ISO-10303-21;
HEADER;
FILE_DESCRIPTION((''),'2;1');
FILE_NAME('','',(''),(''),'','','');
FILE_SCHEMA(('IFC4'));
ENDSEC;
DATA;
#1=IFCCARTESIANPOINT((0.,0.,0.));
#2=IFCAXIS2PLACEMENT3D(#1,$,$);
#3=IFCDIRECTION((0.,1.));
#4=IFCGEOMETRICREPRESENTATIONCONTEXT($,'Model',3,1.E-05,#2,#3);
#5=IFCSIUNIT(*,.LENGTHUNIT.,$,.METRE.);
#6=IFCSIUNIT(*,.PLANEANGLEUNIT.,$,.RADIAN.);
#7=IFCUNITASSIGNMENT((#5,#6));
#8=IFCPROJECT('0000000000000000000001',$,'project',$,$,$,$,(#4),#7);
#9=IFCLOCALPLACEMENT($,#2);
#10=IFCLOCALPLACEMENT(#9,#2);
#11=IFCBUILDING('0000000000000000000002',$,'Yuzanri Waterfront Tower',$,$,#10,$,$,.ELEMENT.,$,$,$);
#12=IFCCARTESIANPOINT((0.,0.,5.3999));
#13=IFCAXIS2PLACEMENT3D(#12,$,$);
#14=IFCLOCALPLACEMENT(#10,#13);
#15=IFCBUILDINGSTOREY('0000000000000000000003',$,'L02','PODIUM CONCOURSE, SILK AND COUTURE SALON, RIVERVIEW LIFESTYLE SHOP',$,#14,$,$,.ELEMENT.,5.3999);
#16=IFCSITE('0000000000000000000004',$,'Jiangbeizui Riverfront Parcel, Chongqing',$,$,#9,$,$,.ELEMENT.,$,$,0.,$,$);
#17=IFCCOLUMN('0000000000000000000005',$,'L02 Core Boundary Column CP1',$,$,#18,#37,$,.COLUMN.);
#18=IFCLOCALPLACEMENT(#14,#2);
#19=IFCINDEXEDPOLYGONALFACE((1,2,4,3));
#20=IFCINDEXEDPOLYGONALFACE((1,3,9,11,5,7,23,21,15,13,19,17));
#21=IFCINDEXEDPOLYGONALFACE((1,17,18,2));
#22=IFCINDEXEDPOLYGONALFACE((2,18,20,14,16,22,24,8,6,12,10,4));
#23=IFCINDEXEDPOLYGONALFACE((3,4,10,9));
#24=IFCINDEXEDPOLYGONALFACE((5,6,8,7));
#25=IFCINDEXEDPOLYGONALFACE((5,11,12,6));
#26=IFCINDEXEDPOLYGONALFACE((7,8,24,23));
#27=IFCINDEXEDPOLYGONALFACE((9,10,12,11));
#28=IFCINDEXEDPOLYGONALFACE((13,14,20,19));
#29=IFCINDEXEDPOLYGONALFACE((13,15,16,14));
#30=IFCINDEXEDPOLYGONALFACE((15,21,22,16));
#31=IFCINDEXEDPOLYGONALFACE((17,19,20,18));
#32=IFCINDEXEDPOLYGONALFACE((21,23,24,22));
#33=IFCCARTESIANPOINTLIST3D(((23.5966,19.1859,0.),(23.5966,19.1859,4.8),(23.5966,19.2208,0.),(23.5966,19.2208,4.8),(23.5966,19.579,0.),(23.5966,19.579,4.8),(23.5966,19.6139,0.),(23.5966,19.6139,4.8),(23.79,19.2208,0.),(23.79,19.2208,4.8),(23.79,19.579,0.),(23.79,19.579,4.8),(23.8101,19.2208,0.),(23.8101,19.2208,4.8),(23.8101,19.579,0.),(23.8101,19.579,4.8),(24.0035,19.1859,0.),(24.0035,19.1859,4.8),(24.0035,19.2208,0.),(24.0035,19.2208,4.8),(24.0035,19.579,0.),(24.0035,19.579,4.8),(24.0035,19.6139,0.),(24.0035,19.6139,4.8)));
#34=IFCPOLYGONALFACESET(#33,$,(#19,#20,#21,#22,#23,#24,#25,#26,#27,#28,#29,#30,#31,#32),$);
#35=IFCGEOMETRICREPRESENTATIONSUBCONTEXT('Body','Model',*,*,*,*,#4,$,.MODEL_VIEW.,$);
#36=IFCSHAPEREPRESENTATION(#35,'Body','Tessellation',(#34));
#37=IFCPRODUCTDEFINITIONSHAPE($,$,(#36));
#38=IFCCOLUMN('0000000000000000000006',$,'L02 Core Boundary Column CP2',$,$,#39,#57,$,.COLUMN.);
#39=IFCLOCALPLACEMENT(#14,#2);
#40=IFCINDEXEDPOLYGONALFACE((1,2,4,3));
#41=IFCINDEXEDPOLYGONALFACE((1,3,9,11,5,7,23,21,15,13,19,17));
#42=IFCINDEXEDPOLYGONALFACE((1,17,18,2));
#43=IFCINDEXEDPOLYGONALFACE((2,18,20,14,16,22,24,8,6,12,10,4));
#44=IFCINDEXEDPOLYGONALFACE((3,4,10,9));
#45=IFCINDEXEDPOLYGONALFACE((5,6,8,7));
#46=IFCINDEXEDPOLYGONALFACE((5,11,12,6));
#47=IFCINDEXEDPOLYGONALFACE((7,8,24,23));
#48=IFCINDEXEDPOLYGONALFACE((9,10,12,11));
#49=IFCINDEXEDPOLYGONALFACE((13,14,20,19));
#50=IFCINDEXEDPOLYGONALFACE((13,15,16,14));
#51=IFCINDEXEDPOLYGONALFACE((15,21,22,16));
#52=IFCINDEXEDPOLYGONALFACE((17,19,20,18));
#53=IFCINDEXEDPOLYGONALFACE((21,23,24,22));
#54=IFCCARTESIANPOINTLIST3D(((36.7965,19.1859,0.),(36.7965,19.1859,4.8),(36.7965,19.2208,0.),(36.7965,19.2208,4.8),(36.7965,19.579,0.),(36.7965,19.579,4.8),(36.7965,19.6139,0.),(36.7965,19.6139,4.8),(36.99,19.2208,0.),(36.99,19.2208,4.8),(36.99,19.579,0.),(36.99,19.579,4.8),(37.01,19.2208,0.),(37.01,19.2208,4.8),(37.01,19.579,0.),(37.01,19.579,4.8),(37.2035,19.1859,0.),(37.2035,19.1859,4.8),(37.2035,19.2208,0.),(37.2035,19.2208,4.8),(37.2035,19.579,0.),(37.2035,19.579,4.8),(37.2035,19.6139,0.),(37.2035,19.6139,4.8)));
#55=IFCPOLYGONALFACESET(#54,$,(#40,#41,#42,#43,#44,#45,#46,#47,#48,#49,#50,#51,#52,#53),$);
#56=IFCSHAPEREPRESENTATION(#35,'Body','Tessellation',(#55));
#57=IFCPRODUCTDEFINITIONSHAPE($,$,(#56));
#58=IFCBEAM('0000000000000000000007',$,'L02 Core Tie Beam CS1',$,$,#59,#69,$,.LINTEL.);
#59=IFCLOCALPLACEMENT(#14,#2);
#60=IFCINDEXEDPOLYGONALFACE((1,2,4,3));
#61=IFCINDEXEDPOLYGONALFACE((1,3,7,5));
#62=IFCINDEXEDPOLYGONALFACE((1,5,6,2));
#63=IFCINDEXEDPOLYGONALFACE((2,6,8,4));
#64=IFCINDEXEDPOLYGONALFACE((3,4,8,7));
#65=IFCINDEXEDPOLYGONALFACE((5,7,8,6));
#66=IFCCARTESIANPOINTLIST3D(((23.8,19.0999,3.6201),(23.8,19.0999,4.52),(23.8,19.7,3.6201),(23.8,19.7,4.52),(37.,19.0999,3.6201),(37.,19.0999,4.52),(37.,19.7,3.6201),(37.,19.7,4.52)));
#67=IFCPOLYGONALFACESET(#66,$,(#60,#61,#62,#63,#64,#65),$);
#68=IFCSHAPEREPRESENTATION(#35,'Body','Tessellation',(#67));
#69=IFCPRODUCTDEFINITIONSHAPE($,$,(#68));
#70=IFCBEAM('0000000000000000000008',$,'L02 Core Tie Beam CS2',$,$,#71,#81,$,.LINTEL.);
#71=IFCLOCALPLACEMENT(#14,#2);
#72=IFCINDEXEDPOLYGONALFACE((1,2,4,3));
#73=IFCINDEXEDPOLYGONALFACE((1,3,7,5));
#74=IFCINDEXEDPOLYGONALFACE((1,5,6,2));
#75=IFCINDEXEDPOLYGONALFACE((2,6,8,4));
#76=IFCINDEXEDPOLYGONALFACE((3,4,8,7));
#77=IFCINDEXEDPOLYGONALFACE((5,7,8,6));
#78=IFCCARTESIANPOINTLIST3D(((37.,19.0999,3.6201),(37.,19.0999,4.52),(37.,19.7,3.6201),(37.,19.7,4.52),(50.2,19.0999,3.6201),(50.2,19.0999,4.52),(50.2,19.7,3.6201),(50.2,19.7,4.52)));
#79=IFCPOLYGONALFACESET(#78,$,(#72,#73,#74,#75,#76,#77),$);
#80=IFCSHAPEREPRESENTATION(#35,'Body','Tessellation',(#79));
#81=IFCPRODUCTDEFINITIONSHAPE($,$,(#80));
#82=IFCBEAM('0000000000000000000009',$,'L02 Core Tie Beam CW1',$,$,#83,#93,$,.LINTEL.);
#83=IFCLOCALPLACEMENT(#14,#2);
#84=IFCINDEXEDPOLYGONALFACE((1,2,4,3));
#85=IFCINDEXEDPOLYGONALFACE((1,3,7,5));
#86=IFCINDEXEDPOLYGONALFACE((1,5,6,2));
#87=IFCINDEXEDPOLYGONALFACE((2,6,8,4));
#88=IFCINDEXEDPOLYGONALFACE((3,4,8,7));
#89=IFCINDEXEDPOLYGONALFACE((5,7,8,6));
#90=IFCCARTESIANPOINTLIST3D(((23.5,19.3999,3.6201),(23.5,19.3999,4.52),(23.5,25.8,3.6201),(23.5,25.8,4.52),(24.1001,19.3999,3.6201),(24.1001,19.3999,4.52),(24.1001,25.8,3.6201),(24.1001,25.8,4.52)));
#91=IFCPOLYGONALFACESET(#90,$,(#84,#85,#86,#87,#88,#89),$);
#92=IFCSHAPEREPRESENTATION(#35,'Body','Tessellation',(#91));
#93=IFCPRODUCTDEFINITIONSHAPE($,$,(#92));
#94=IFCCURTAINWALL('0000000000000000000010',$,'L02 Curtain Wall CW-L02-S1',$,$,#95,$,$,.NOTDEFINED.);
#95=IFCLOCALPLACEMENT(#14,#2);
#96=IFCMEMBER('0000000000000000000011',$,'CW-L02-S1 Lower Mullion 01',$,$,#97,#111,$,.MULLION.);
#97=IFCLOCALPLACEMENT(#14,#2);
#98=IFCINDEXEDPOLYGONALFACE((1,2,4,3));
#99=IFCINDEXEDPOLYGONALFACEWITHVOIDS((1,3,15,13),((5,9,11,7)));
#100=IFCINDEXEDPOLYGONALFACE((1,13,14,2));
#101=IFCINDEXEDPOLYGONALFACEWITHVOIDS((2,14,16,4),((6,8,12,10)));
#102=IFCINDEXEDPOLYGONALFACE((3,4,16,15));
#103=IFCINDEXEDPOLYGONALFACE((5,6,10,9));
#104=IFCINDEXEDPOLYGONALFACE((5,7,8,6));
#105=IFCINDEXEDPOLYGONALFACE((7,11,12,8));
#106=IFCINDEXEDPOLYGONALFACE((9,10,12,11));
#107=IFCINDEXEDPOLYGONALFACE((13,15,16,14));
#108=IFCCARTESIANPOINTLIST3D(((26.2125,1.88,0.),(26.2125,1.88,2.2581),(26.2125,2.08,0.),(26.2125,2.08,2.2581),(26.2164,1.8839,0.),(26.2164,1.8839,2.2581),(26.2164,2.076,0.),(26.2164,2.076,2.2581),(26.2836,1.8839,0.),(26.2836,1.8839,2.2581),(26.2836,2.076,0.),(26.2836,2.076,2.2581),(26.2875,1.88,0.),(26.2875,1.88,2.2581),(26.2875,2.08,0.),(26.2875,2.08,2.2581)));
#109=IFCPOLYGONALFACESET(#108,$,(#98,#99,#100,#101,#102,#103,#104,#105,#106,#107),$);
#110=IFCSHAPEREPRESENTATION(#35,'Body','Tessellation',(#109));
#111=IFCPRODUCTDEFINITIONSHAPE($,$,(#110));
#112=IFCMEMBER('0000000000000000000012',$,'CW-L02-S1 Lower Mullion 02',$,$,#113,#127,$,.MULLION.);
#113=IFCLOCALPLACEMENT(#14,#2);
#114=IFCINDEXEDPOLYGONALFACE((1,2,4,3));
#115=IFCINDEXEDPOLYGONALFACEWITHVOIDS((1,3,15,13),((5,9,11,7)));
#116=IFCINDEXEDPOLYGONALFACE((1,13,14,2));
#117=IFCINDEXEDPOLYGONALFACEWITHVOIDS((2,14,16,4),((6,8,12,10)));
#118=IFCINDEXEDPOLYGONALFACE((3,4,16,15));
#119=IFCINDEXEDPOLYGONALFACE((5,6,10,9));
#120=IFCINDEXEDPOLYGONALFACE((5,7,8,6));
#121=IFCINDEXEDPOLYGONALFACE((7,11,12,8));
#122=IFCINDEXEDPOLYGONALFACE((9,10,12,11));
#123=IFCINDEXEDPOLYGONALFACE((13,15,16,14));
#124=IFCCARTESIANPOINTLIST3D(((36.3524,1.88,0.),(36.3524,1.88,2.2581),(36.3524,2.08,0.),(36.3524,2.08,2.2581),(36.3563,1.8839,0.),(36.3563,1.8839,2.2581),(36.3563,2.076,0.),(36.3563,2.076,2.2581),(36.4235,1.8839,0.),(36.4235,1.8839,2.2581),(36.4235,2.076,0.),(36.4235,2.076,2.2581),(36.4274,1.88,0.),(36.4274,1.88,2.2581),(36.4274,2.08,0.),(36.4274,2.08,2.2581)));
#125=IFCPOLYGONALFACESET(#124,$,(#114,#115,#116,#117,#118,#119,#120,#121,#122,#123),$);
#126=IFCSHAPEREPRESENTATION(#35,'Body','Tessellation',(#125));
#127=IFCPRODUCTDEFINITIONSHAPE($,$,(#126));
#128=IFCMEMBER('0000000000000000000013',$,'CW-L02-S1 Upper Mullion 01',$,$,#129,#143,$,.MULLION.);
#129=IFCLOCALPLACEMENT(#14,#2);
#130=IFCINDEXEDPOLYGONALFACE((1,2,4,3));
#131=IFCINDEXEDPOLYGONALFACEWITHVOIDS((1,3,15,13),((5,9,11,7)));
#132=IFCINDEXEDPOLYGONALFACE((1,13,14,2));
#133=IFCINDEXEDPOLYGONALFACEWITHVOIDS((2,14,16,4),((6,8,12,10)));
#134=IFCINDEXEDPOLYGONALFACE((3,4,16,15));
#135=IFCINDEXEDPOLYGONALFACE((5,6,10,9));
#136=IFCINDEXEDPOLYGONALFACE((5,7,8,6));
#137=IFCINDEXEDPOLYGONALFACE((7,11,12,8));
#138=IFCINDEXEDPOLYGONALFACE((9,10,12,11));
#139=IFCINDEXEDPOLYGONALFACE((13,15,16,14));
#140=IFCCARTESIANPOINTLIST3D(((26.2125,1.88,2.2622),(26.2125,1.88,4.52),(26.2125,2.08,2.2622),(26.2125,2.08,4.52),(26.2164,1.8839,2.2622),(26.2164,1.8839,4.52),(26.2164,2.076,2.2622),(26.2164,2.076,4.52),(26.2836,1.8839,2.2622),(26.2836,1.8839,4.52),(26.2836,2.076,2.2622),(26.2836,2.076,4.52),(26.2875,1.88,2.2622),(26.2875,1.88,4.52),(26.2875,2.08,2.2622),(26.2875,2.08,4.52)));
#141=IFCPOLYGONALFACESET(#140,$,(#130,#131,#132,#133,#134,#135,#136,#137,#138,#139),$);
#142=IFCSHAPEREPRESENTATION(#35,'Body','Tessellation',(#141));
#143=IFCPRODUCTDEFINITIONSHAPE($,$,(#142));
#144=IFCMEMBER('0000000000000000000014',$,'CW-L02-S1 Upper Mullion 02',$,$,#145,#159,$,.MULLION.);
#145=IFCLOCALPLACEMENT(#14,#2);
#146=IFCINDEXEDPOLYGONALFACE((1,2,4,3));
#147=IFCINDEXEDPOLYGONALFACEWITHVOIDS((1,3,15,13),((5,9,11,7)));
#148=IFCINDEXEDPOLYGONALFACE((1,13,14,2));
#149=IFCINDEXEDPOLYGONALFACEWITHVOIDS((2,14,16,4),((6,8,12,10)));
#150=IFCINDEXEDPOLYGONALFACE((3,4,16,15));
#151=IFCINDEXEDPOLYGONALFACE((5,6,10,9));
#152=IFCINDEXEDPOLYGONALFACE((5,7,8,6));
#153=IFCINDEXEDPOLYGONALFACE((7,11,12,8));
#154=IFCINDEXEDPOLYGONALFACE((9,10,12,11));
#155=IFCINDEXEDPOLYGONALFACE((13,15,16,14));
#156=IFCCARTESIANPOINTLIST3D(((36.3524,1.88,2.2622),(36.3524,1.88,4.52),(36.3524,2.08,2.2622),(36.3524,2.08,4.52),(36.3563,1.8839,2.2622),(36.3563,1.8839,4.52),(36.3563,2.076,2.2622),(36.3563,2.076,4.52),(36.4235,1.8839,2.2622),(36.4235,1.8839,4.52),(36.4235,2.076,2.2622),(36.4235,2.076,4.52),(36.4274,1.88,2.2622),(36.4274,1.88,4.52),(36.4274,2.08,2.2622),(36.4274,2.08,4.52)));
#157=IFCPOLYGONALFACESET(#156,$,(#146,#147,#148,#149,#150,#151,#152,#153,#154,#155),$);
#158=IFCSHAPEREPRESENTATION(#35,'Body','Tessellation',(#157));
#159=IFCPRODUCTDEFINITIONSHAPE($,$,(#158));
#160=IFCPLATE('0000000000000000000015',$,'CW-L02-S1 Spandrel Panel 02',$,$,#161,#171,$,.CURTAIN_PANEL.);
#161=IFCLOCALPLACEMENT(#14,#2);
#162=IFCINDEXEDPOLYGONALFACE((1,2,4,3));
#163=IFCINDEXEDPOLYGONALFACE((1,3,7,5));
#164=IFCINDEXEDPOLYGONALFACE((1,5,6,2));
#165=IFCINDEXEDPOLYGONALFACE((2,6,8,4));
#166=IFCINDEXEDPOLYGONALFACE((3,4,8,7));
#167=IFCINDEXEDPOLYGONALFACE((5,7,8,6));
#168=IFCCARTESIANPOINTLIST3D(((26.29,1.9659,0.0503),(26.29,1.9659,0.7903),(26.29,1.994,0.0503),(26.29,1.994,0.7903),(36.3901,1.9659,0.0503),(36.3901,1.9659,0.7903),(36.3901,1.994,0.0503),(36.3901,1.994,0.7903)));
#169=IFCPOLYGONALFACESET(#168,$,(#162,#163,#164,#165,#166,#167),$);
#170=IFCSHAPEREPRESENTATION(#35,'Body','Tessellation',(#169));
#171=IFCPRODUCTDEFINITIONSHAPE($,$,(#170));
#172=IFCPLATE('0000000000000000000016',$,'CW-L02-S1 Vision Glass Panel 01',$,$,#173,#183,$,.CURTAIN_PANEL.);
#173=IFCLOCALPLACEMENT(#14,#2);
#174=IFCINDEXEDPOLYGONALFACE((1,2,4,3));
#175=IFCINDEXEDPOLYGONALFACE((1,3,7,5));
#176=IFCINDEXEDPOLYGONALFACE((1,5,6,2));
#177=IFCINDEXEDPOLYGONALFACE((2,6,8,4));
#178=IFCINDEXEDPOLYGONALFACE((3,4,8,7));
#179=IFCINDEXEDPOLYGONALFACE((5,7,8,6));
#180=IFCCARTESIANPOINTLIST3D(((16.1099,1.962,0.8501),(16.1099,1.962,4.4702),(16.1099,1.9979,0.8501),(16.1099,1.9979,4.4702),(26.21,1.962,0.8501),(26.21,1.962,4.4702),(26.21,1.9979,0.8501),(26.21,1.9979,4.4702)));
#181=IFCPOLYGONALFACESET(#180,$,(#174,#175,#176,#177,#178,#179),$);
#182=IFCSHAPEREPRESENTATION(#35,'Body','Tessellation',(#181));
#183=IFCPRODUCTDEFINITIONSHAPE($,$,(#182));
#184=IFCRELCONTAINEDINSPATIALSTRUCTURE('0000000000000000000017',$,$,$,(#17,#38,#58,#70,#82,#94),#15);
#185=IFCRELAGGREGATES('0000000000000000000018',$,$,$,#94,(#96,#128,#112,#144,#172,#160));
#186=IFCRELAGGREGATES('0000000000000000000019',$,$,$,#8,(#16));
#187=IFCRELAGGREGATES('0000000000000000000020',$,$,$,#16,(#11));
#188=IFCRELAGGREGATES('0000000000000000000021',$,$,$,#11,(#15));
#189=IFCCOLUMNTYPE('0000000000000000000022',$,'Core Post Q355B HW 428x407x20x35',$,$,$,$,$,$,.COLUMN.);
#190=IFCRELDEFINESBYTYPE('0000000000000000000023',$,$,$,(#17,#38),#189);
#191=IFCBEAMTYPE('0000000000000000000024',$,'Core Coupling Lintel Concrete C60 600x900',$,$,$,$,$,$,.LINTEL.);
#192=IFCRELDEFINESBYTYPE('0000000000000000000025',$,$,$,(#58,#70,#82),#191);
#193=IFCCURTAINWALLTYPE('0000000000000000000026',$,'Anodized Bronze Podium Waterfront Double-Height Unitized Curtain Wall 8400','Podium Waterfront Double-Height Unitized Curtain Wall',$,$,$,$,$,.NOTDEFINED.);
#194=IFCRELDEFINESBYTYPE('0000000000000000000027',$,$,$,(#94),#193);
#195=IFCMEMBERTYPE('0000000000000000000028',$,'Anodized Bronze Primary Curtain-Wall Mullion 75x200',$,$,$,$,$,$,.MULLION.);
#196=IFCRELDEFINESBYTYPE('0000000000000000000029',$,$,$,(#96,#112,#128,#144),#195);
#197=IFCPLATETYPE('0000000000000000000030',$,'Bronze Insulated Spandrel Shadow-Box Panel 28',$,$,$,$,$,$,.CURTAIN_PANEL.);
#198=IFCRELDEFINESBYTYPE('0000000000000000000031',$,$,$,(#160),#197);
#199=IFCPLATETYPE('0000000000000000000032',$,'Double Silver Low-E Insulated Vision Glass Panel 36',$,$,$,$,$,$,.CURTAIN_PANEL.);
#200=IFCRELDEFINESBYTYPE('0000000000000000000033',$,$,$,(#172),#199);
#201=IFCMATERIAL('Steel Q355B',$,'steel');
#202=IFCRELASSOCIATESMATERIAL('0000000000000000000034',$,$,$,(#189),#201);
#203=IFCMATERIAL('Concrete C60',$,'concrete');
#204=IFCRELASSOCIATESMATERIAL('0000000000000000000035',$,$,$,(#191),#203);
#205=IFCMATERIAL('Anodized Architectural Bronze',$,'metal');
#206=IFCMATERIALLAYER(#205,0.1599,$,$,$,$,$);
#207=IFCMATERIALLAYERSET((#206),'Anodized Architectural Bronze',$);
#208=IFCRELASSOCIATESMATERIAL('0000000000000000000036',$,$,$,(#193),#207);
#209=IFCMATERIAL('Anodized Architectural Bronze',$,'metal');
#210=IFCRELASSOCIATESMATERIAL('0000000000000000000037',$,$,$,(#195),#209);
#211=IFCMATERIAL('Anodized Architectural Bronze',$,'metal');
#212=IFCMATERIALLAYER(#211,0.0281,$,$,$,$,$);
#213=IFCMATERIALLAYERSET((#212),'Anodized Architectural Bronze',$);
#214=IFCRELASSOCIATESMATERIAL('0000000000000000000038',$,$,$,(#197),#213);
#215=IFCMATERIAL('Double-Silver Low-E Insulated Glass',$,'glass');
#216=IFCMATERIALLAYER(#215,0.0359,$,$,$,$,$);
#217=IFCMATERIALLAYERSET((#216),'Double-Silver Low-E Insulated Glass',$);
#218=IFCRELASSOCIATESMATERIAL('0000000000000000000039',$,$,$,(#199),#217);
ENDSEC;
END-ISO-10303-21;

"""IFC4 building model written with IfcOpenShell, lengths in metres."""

from ifc_helpers import new_model, si_unit, direction, frame, origin, origin_2d, place, context, subcontext, project, spatial, rectangle, hollow_rectangle, i_section, extrude, source, transform, mapped, material, layer, layer_set, material_profile, profile_set, type_object, element, aggregate, save


model = new_model("IFC4")

# Units and contexts
model_context = context("Model", 3, precision=1e-05, world=origin(), true_north=direction((0.0, 1.0)))
body_context = subcontext(model_context, "Body", "Model", "MODEL_VIEW")
ifc_project = project(units=[si_unit("LENGTHUNIT", "METRE"), si_unit("PLANEANGLEUNIT", "RADIAN")], contexts=[model_context])

# Site, building, storey
site_placement = place(None, origin())
site = spatial("IfcSite", under=ifc_project, at=site_placement, Name="Jiangbeizui Riverfront Parcel, Chongqing", CompositionType="ELEMENT", RefElevation=0.0)
building_placement = place(site_placement, origin())
building = spatial("IfcBuilding", under=site, at=building_placement, Name="Yuzanri Waterfront Tower", CompositionType="ELEMENT")
storey_placement = place(building_placement, frame((0.0, 0.0, 5.3999)))
storey = spatial("IfcBuildingStorey", under=building, at=storey_placement, Name="L02", Description="PODIUM CONCOURSE, SILK AND COUTURE SALON, RIVERVIEW LIFESTYLE SHOP", CompositionType="ELEMENT", Elevation=5.3999)

# Columns
ifc_material_1 = material(Name="Steel Q355B", Category="steel")
ifc_material_profile_1 = material_profile(ifc_material_1, i_section(OverallWidth=0.407, OverallDepth=0.428, WebThickness=0.02, FlangeThickness=0.0349, at=origin_2d()), Name="HW 428x407x20x35")
ifc_profile_set_1 = profile_set([ifc_material_profile_1], Name="Steel Q355B")
column_type = type_object("IfcColumnType", Name="Core Post Q355B HW 428x407x20x35", PredefinedType="COLUMN", material=ifc_profile_set_1)
shared_shape_1 = source(origin(), body_context, "Body", "SweptSolid", [
    extrude(i_section(OverallWidth=0.407, OverallDepth=0.428, WebThickness=0.02, FlangeThickness=0.0349, at=origin_2d()), origin(), (0.0, 0.0, 1.0), 4.8),
])
for number, where, z_axis, x_axis, name in (
    (1, (23.8, 19.3999, 0.0), (0.0, 0.0, 1.0), (1.0, 0.0, 0.0), "L02 Core Boundary Column CP1"),
    (2, (37.0, 19.3999, 0.0), (0.0, 0.0, 1.0), (1.0, 0.0, 0.0), "L02 Core Boundary Column CP2"),
):
    element("IfcColumn", number, at=place(storey_placement, frame(where, z_axis=z_axis, x_axis=x_axis)), inside=storey, type_object=column_type, Name=name, PredefinedType="COLUMN", context=body_context, shape_type="MappedRepresentation", body=[
        mapped(shared_shape_1, transform((0.0, 0.0, 0.0), scale=1.0)),
    ])

# Beams
ifc_material_2 = material(Name="Concrete C60", Category="concrete")
ifc_material_profile_2 = material_profile(ifc_material_2, rectangle(XDim=0.6001, YDim=0.8999, at=origin_2d()), Name="RC 600x900")
ifc_profile_set_2 = profile_set([ifc_material_profile_2], Name="Concrete C60")
beam_type = type_object("IfcBeamType", Name="Core Coupling Lintel Concrete C60 600x900", PredefinedType="LINTEL", material=ifc_profile_set_2)
shared_shape_2 = source(origin(), body_context, "Body", "SweptSolid", [
    extrude(rectangle(XDim=0.6001, YDim=0.8999, at=origin_2d()), origin(), (0.0, 0.0, 1.0), 13.2),
])
for number, where, z_axis, x_axis, name in (
    (3, (23.8, 19.3999, 4.0701), (1.0, 0.0, 0.0), (0.0, 1.0, 0.0), "L02 Core Tie Beam CS1"),
    (4, (37.0, 19.3999, 4.0701), (1.0, 0.0, 0.0), (0.0, 1.0, 0.0), "L02 Core Tie Beam CS2"),
):
    element("IfcBeam", number, at=place(storey_placement, frame(where, z_axis=z_axis, x_axis=x_axis)), inside=storey, type_object=beam_type, Name=name, PredefinedType="LINTEL", context=body_context, shape_type="MappedRepresentation", body=[
        mapped(shared_shape_2, transform((0.0, 0.0, 0.0), scale=1.0)),
    ])
shared_shape_3 = source(origin(), body_context, "Body", "SweptSolid", [
    extrude(rectangle(XDim=0.6001, YDim=0.8999, at=origin_2d()), origin(), (0.0, 0.0, 1.0), 6.4001),
])
beam_placement = place(storey_placement, frame((23.8, 19.3999, 4.0701), z_axis=(0.0, 1.0, 0.0), x_axis=(-1.0, 0.0, 0.0)))
element("IfcBeam", 5, at=beam_placement, inside=storey, type_object=beam_type, Name="L02 Core Tie Beam CW1", PredefinedType="LINTEL", context=body_context, shape_type="MappedRepresentation", body=[
    mapped(shared_shape_3, transform((0.0, 0.0, 0.0), scale=1.0)),
])

# Curtain wall, members, plates
ifc_material_3 = material(Name="Anodized Architectural Bronze", Category="metal")
ifc_layer_1 = layer(ifc_material_3, 0.1599)
ifc_layer_set_1 = layer_set([ifc_layer_1], Name="Anodized Architectural Bronze")
curtain_wall_type = type_object("IfcCurtainWallType", Name="Anodized Bronze Podium Waterfront Double-Height Unitized Curtain Wall 8400", Description="Podium Waterfront Double-Height Unitized Curtain Wall", PredefinedType="NOTDEFINED", material=ifc_layer_set_1)
curtain_wall_placement = place(storey_placement, origin())
curtain_wall = element("IfcCurtainWall", 6, at=curtain_wall_placement, inside=storey, type_object=curtain_wall_type, Name="L02 Curtain Wall CW-L02-S1", PredefinedType="NOTDEFINED")
ifc_material_4 = material(Name="Anodized Architectural Bronze", Category="metal")
ifc_material_profile_3 = material_profile(ifc_material_4, hollow_rectangle(XDim=0.075, YDim=0.2, WallThickness=0.0039, at=origin_2d()), Name="CWM 75x200")
ifc_profile_set_3 = profile_set([ifc_material_profile_3], Name="Anodized Architectural Bronze")
member_type = type_object("IfcMemberType", Name="Anodized Bronze Primary Curtain-Wall Mullion 75x200", PredefinedType="MULLION", material=ifc_profile_set_3)
shared_shape_4 = source(origin(), body_context, "Body", "SweptSolid", [
    extrude(hollow_rectangle(XDim=0.075, YDim=0.2, WallThickness=0.0039, at=origin_2d()), origin(), (0.0, 0.0, 1.0), 2.2581),
])
member_1_placement = place(storey_placement, frame((26.25, 1.98, 0.0), z_axis=(0.0, 0.0, 1.0), x_axis=(1.0, 0.0, 0.0)))
member_1 = element("IfcMember", 7, at=member_1_placement, type_object=member_type, Name="CW-L02-S1 Lower Mullion 01", PredefinedType="MULLION", context=body_context, shape_type="MappedRepresentation", body=[
    mapped(shared_shape_4, transform((0.0, 0.0, 0.0), scale=1.0)),
])
member_2_placement = place(storey_placement, frame((36.3899, 1.98, 0.0), z_axis=(0.0, 0.0, 1.0), x_axis=(1.0, 0.0, 0.0)))
member_2 = element("IfcMember", 8, at=member_2_placement, type_object=member_type, Name="CW-L02-S1 Lower Mullion 02", PredefinedType="MULLION", context=body_context, shape_type="MappedRepresentation", body=[
    mapped(shared_shape_4, transform((0.0, 0.0, 0.0), scale=1.0)),
])
shared_shape_5 = source(origin(), body_context, "Body", "SweptSolid", [
    extrude(hollow_rectangle(XDim=0.075, YDim=0.2, WallThickness=0.0039, at=origin_2d()), origin(), (0.0, 0.0, 1.0), 2.2578),
])
member_3_placement = place(storey_placement, frame((26.25, 1.98, 2.2622), z_axis=(0.0, 0.0, 1.0), x_axis=(1.0, 0.0, 0.0)))
member_3 = element("IfcMember", 9, at=member_3_placement, type_object=member_type, Name="CW-L02-S1 Upper Mullion 01", PredefinedType="MULLION", context=body_context, shape_type="MappedRepresentation", body=[
    mapped(shared_shape_5, transform((0.0, 0.0, 0.0), scale=1.0)),
])
member_4_placement = place(storey_placement, frame((36.3899, 1.98, 2.2622), z_axis=(0.0, 0.0, 1.0), x_axis=(1.0, 0.0, 0.0)))
member_4 = element("IfcMember", 10, at=member_4_placement, type_object=member_type, Name="CW-L02-S1 Upper Mullion 02", PredefinedType="MULLION", context=body_context, shape_type="MappedRepresentation", body=[
    mapped(shared_shape_5, transform((0.0, 0.0, 0.0), scale=1.0)),
])
ifc_material_5 = material(Name="Anodized Architectural Bronze", Category="metal")
ifc_layer_2 = layer(ifc_material_5, 0.0281)
ifc_layer_set_2 = layer_set([ifc_layer_2], Name="Anodized Architectural Bronze")
plate_type_1 = type_object("IfcPlateType", Name="Bronze Insulated Spandrel Shadow-Box Panel 28", PredefinedType="CURTAIN_PANEL", material=ifc_layer_set_2)
shared_shape_6 = source(origin(), body_context, "Body", "SweptSolid", [
    extrude(rectangle(XDim=10.1001, YDim=0.0281, at=origin_2d()), origin(), (0.0, 0.0, 1.0), 0.74),
])
plate_1_placement = place(storey_placement, frame((31.3401, 1.98, 0.0503), z_axis=(0.0, 0.0, 1.0), x_axis=(1.0, 0.0, 0.0)))
plate_1 = element("IfcPlate", 11, at=plate_1_placement, type_object=plate_type_1, Name="CW-L02-S1 Spandrel Panel 02", PredefinedType="CURTAIN_PANEL", context=body_context, shape_type="MappedRepresentation", body=[
    mapped(shared_shape_6, transform((0.0, 0.0, 0.0), scale=1.0)),
])
ifc_material_6 = material(Name="Double-Silver Low-E Insulated Glass", Category="glass")
ifc_layer_3 = layer(ifc_material_6, 0.0359)
ifc_layer_set_3 = layer_set([ifc_layer_3], Name="Double-Silver Low-E Insulated Glass")
plate_type_2 = type_object("IfcPlateType", Name="Double Silver Low-E Insulated Vision Glass Panel 36", PredefinedType="CURTAIN_PANEL", material=ifc_layer_set_3)
shared_shape_7 = source(origin(), body_context, "Body", "SweptSolid", [
    extrude(rectangle(XDim=10.1001, YDim=0.0359, at=origin_2d()), origin(), (0.0, 0.0, 1.0), 3.6201),
])
plate_2_placement = place(storey_placement, frame((21.1599, 1.98, 0.8501), z_axis=(0.0, 0.0, 1.0), x_axis=(1.0, 0.0, 0.0)))
plate_2 = element("IfcPlate", 12, at=plate_2_placement, type_object=plate_type_2, Name="CW-L02-S1 Vision Glass Panel 01", PredefinedType="CURTAIN_PANEL", context=body_context, shape_type="MappedRepresentation", body=[
    mapped(shared_shape_7, transform((0.0, 0.0, 0.0), scale=1.0)),
])
aggregate(curtain_wall, [member_1, member_3, member_2, member_4, plate_2, plate_1])

save(model, "model.ifc")
